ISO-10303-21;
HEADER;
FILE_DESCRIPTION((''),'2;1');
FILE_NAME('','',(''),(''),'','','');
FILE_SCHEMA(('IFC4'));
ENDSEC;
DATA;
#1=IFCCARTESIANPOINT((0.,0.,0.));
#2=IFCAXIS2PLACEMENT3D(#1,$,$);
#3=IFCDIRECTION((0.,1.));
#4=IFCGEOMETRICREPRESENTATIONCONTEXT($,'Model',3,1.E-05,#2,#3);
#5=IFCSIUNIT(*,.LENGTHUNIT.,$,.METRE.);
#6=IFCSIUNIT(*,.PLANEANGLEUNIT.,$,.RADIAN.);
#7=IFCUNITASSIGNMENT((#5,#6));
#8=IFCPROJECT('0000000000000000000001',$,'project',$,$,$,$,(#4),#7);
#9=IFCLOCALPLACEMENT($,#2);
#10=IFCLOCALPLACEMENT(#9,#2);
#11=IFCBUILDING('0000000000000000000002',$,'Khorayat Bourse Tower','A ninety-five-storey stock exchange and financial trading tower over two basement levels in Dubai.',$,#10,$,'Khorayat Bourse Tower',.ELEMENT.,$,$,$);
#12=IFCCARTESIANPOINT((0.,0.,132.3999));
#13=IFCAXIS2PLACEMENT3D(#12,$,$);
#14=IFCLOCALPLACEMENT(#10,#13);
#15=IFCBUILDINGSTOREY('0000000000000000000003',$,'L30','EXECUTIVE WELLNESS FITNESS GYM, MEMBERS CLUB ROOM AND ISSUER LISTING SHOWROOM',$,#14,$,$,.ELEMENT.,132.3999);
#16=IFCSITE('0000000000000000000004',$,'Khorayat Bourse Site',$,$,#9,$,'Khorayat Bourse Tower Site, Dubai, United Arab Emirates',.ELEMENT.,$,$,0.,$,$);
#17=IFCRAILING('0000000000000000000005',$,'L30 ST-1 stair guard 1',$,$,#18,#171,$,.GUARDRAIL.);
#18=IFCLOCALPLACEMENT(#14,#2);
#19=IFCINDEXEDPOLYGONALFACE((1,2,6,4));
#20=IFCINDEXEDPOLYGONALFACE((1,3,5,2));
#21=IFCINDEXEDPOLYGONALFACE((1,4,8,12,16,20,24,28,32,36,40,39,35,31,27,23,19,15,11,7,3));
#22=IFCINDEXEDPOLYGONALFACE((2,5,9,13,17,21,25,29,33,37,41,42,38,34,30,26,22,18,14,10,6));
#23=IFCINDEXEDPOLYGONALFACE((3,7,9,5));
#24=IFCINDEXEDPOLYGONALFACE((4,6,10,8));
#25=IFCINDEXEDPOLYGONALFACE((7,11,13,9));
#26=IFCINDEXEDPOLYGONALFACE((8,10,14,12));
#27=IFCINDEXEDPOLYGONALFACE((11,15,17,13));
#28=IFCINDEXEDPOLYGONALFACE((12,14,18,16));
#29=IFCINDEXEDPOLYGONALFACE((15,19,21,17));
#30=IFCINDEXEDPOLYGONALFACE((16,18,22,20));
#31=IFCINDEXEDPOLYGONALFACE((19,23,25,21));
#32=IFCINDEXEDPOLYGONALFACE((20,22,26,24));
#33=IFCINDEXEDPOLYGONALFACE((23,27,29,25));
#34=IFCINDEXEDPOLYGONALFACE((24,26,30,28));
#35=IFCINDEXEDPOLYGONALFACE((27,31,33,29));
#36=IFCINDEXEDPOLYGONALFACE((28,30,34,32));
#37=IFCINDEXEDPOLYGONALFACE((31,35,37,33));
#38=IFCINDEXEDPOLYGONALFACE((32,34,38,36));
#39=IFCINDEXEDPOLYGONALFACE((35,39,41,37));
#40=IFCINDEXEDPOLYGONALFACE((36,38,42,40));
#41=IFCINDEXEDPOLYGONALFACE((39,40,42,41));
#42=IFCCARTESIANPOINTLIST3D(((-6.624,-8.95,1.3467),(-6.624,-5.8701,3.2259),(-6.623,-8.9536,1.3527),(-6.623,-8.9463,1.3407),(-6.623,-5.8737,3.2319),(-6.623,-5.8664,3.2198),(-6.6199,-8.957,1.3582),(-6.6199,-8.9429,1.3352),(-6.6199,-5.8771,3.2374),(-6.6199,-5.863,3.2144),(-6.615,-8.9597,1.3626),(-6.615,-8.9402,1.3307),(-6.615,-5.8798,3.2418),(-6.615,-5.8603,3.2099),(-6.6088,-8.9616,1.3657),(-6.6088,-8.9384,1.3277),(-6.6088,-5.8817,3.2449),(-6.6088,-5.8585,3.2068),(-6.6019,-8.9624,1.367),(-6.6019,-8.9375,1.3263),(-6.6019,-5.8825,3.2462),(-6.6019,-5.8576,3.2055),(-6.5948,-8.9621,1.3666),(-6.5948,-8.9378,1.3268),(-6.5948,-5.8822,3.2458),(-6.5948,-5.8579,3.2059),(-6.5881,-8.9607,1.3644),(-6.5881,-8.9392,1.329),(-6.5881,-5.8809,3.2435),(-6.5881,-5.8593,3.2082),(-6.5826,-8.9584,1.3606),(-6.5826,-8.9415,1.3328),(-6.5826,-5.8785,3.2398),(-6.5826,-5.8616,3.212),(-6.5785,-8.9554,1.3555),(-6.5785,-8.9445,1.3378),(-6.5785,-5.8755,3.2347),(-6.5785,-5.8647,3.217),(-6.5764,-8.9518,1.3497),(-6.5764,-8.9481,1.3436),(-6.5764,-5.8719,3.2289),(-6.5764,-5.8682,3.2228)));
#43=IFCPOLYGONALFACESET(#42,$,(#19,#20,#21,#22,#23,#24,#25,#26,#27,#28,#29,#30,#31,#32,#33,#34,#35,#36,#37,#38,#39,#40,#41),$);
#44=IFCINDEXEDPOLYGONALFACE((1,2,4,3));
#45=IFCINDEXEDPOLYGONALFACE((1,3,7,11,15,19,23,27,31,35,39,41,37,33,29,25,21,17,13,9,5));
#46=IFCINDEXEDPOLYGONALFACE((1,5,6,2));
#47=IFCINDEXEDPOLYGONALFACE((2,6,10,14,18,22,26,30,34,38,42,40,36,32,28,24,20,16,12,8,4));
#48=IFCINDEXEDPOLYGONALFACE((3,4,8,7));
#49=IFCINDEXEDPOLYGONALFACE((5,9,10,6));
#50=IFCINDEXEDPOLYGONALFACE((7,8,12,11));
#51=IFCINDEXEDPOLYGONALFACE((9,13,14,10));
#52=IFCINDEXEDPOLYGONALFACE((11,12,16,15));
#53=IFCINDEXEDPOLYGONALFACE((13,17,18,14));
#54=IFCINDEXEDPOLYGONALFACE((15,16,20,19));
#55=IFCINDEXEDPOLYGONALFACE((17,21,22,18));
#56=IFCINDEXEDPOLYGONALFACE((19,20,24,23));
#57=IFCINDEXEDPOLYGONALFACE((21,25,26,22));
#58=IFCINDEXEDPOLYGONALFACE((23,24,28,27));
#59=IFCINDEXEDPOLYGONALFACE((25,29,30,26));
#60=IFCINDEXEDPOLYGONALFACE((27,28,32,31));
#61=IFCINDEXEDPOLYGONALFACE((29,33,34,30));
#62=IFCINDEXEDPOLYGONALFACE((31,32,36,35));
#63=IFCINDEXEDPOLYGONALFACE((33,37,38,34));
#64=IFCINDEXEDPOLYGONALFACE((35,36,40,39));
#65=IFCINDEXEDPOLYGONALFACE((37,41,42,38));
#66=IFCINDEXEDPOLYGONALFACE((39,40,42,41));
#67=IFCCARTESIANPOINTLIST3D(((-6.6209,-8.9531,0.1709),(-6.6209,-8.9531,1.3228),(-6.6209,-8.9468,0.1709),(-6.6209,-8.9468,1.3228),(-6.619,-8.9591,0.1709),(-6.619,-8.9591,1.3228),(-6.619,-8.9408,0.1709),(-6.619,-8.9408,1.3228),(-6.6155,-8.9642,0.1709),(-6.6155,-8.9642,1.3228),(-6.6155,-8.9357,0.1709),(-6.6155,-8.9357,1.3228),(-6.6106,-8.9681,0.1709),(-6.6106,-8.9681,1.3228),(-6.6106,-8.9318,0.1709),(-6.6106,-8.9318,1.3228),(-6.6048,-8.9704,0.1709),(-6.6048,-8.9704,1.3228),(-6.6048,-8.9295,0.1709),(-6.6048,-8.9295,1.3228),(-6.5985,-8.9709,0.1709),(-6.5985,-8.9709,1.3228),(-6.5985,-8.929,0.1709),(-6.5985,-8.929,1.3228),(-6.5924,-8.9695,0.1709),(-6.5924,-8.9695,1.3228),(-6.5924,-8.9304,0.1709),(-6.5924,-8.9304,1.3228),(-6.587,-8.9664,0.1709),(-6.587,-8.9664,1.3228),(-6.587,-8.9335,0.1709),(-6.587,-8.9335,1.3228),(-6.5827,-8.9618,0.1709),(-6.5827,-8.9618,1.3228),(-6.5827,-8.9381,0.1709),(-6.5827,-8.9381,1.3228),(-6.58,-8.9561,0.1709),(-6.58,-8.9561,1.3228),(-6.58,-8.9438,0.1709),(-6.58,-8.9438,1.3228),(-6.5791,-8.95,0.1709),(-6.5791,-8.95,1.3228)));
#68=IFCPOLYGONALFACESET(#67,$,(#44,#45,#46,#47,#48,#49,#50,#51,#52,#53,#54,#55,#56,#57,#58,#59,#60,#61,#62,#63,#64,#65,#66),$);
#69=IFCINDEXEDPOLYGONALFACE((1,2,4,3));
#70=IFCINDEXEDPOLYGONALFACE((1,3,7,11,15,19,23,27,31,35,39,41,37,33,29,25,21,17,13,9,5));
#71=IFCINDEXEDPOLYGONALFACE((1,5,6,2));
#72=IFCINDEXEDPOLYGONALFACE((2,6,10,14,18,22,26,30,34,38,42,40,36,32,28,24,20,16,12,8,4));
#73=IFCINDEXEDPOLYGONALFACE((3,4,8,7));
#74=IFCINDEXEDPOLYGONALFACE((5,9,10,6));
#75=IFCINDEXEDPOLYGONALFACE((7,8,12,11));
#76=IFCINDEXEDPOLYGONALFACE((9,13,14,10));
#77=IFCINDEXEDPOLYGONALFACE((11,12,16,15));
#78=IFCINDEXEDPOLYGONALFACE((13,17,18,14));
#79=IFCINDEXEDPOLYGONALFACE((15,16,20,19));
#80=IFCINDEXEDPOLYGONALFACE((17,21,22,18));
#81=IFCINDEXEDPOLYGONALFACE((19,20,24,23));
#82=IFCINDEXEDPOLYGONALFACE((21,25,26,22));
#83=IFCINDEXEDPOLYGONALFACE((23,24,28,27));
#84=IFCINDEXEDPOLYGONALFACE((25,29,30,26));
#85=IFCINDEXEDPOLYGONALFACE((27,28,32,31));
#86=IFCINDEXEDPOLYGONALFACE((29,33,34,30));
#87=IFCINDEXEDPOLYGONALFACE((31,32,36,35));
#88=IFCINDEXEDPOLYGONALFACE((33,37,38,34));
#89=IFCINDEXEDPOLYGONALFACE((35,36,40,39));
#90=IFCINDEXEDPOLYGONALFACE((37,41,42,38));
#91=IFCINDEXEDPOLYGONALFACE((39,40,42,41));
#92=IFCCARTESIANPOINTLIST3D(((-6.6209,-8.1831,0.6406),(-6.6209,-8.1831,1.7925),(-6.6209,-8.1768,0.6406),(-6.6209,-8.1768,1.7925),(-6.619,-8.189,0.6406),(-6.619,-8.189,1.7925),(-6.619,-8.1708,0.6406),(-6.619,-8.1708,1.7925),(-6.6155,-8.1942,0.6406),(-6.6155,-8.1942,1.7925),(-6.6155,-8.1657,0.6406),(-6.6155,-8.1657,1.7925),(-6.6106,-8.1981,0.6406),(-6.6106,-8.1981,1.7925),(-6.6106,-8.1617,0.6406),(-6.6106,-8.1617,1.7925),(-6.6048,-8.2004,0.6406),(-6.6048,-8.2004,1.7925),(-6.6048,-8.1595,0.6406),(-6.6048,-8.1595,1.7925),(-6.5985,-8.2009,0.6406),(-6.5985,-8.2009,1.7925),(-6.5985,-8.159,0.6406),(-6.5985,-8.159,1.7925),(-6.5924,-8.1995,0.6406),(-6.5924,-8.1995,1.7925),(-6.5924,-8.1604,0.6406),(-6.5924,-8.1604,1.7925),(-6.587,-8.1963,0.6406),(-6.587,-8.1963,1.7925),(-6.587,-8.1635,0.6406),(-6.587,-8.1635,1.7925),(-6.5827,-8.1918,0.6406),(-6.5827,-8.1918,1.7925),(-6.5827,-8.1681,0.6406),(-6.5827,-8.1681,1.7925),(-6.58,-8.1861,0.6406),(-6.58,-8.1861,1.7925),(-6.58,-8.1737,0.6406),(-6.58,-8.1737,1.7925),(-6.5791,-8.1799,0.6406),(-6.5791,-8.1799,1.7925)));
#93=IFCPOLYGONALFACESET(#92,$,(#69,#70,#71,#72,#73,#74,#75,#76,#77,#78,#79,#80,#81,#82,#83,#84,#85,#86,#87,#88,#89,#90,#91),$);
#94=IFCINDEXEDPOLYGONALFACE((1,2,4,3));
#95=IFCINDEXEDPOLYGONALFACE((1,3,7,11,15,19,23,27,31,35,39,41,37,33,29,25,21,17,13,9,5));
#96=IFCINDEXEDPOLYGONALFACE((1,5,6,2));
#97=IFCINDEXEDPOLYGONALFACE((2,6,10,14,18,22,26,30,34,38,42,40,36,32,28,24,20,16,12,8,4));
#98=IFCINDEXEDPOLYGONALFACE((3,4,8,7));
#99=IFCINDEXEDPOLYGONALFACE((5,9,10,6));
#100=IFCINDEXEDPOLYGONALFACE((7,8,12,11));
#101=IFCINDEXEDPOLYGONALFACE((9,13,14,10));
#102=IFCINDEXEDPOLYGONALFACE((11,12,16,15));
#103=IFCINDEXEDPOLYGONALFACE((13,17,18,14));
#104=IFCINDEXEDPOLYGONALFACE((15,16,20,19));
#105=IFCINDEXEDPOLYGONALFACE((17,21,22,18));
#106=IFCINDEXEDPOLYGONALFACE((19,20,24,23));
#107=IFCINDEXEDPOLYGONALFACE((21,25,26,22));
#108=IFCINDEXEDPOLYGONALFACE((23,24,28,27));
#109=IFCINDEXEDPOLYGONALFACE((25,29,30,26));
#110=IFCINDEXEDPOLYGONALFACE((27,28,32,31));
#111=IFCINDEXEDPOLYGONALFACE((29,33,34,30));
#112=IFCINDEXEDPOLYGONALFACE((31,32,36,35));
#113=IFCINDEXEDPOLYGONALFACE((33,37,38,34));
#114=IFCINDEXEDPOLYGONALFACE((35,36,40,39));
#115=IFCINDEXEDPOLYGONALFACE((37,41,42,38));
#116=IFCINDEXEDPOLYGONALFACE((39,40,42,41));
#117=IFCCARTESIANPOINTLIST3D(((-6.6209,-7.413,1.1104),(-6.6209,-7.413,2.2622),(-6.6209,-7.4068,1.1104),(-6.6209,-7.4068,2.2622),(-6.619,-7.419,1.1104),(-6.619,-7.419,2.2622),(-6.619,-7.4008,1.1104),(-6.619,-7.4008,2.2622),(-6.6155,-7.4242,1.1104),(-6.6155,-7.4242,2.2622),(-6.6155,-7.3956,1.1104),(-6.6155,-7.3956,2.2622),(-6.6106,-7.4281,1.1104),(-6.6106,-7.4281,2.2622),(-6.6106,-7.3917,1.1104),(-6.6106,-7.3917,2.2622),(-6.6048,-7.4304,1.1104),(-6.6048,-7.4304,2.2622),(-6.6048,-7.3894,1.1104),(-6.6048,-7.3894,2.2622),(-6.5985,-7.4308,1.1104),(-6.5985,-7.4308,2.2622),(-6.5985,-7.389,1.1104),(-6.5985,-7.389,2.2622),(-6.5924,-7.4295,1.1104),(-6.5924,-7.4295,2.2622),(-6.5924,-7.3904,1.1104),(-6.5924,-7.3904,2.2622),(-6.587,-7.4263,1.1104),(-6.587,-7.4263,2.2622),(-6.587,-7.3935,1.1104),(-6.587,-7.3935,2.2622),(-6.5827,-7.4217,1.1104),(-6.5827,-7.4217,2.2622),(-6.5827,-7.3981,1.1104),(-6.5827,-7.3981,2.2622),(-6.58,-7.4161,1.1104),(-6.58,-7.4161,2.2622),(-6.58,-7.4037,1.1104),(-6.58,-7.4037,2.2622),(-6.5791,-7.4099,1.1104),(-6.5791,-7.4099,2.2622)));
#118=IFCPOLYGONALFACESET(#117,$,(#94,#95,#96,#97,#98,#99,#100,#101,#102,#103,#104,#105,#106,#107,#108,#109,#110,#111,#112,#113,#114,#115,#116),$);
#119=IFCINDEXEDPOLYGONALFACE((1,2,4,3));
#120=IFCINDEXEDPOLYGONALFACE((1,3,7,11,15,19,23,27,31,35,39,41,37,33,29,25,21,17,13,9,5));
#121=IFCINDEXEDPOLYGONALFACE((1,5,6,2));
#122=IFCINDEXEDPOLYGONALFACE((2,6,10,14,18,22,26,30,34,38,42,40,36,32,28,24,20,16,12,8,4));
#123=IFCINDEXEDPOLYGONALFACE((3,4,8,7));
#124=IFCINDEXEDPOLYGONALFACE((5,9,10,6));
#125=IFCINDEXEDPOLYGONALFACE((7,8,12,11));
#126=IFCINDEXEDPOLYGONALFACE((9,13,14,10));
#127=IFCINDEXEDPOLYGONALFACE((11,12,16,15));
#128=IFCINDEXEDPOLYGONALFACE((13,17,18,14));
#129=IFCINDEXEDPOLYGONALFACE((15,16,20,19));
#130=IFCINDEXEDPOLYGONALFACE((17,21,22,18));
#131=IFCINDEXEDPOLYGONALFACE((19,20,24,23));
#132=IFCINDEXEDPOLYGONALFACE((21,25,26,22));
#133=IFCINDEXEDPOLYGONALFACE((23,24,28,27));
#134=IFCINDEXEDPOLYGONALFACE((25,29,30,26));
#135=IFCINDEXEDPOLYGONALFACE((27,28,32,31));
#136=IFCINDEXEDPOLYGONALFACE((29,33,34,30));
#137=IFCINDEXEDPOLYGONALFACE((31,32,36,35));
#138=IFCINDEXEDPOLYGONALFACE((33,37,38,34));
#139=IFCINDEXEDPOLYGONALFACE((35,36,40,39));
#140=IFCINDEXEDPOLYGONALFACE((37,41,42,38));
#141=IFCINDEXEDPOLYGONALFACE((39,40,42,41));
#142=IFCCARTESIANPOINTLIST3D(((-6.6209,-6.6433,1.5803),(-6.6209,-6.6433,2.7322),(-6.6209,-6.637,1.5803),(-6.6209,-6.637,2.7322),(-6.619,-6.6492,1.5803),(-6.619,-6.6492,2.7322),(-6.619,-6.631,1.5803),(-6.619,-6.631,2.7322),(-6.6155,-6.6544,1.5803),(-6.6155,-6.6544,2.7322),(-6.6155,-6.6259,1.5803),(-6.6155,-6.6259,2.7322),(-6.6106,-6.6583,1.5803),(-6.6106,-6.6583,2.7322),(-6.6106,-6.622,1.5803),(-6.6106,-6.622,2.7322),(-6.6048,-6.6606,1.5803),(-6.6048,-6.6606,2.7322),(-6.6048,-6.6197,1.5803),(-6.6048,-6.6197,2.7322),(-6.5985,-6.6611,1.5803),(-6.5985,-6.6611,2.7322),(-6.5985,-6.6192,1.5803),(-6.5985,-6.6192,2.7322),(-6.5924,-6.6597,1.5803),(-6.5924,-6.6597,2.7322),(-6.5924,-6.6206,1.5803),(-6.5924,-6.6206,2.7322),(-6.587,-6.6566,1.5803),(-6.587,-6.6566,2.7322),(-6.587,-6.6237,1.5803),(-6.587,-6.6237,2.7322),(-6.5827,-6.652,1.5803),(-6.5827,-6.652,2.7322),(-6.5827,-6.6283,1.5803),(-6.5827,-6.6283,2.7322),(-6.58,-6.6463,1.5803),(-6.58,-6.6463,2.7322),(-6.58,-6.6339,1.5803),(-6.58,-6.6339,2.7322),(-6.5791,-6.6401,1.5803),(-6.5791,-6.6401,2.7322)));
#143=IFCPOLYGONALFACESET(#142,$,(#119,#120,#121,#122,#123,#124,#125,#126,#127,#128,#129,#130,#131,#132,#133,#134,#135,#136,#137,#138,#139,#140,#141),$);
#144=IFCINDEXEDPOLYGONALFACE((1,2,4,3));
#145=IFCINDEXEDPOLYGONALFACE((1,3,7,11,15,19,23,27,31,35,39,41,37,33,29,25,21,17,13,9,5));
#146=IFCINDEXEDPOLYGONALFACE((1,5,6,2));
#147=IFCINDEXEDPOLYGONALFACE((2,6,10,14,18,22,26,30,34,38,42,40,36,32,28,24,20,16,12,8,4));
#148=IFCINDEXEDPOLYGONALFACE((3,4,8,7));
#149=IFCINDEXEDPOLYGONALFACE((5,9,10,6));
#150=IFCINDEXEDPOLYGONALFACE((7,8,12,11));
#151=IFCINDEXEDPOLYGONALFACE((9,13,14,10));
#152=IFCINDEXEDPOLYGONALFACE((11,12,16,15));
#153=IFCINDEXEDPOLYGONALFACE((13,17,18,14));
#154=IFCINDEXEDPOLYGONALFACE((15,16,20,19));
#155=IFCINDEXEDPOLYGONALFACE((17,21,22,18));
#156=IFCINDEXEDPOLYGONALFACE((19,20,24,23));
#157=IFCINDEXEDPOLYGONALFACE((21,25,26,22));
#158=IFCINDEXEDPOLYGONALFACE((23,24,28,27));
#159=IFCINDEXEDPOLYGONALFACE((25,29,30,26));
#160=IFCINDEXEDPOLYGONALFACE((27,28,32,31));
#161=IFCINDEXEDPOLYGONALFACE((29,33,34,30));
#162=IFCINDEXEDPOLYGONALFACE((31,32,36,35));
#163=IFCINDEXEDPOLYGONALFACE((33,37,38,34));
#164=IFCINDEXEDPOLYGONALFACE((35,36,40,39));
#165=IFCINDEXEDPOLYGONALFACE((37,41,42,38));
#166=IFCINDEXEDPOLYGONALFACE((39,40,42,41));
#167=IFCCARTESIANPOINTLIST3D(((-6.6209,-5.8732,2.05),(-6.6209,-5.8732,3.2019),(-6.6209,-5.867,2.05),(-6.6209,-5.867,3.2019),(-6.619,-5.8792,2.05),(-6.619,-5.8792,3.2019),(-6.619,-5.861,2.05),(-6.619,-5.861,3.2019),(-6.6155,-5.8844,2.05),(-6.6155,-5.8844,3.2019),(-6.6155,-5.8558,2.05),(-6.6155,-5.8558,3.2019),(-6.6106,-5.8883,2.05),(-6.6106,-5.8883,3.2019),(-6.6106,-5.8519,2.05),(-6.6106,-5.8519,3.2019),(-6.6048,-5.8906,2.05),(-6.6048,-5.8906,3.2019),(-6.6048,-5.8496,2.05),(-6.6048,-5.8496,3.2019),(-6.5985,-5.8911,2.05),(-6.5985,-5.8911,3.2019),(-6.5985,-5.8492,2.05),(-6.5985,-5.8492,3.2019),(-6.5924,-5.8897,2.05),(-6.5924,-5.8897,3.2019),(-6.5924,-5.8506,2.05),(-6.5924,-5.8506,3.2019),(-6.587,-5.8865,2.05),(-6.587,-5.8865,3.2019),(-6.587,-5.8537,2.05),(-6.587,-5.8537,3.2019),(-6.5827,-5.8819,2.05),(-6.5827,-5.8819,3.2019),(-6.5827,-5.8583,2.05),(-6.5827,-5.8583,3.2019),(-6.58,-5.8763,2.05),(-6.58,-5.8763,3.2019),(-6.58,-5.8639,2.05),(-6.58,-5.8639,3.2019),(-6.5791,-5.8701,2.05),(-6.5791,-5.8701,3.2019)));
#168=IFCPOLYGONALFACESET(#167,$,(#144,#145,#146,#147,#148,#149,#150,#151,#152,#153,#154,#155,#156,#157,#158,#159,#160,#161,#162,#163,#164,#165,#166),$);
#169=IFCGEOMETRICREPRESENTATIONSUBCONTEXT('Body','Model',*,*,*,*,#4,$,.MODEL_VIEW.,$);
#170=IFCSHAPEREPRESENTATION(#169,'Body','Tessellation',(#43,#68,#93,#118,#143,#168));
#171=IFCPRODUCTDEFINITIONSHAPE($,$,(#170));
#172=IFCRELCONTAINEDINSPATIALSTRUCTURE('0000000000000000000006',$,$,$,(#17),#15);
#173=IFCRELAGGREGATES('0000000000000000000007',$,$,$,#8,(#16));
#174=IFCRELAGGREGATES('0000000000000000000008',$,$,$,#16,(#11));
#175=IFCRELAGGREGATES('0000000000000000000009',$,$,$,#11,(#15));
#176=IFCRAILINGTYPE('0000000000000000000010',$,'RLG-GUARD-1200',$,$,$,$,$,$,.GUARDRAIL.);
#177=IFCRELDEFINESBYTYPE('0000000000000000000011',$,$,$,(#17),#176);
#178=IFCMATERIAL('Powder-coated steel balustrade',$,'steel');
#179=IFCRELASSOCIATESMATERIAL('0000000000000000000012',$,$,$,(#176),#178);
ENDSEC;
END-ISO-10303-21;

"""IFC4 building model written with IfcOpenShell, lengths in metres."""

from ifc_helpers import new_model, si_unit, direction, frame, origin, origin_2d, place, context, subcontext, project, spatial, circle, extrude, source, transform, mapped, material, type_object, element, save


model = new_model("IFC4")

# Units and contexts
model_context = context("Model", 3, precision=1e-05, world=origin(), true_north=direction((0.0, 1.0)))
body_context = subcontext(model_context, "Body", "Model", "MODEL_VIEW")
ifc_project = project(units=[si_unit("LENGTHUNIT", "METRE"), si_unit("PLANEANGLEUNIT", "RADIAN")], contexts=[model_context])

# Site, building, storey
site_placement = place(None, origin())
site = spatial("IfcSite", under=ifc_project, at=site_placement, Name="Khorayat Bourse Site", LongName="Khorayat Bourse Tower Site, Dubai, United Arab Emirates", CompositionType="ELEMENT", RefElevation=0.0)
building_placement = place(site_placement, origin())
building = spatial("IfcBuilding", under=site, at=building_placement, Name="Khorayat Bourse Tower", Description="A ninety-five-storey stock exchange and financial trading tower over two basement levels in Dubai.", LongName="Khorayat Bourse Tower", CompositionType="ELEMENT")
storey_placement = place(building_placement, frame((0.0, 0.0, 132.3999)))
storey = spatial("IfcBuildingStorey", under=building, at=storey_placement, Name="L30", Description="EXECUTIVE WELLNESS FITNESS GYM, MEMBERS CLUB ROOM AND ISSUER LISTING SHOWROOM", CompositionType="ELEMENT", Elevation=132.3999)

# Railing
ifc_material_1 = material(Name="Powder-coated steel balustrade", Category="steel")
railing_type_1 = type_object("IfcRailingType", Name="RLG-GUARD-1200", PredefinedType="GUARDRAIL", material=ifc_material_1)
shared_shape_1 = source(origin(), body_context, "Body", "SweptSolid", [
    extrude(circle(Radius=0.0239, at=origin_2d()), frame((0.0, 0.0, 1.1758), z_axis=(0.0, 0.853648, 0.52085), x_axis=(-1.0, 0.0, 0.0)), (0.0, 0.0, 1.0), 3.6079),
    extrude(circle(Radius=0.021, at=origin_2d()), origin(), (0.0, 0.0, 1.0), 1.1519),
    extrude(circle(Radius=0.021, at=origin_2d()), frame((0.0, 0.77, 0.4697)), (0.0, 0.0, 1.0), 1.1519),
    extrude(circle(Radius=0.021, at=origin_2d()), frame((0.0, 1.54, 0.9395)), (0.0, 0.0, 1.0), 1.1519),
    extrude(circle(Radius=0.021, at=origin_2d()), frame((0.0, 2.3098, 1.4094)), (0.0, 0.0, 1.0), 1.1519),
    extrude(circle(Radius=0.021, at=origin_2d()), frame((0.0, 3.0798, 1.8792)), (0.0, 0.0, 1.0), 1.1519),
])
railing_1_placement = place(storey_placement, frame((-6.6001, -8.95, 0.1709)))
element("IfcRailing", 1, at=railing_1_placement, inside=storey, type_object=railing_type_1, Name="L30 ST-1 stair guard 1", PredefinedType="GUARDRAIL", context=body_context, shape_type="MappedRepresentation", body=[
    mapped(shared_shape_1, transform((0.0, 0.0, 0.0), scale=1.0)),
])

save(model, "model.ifc")
